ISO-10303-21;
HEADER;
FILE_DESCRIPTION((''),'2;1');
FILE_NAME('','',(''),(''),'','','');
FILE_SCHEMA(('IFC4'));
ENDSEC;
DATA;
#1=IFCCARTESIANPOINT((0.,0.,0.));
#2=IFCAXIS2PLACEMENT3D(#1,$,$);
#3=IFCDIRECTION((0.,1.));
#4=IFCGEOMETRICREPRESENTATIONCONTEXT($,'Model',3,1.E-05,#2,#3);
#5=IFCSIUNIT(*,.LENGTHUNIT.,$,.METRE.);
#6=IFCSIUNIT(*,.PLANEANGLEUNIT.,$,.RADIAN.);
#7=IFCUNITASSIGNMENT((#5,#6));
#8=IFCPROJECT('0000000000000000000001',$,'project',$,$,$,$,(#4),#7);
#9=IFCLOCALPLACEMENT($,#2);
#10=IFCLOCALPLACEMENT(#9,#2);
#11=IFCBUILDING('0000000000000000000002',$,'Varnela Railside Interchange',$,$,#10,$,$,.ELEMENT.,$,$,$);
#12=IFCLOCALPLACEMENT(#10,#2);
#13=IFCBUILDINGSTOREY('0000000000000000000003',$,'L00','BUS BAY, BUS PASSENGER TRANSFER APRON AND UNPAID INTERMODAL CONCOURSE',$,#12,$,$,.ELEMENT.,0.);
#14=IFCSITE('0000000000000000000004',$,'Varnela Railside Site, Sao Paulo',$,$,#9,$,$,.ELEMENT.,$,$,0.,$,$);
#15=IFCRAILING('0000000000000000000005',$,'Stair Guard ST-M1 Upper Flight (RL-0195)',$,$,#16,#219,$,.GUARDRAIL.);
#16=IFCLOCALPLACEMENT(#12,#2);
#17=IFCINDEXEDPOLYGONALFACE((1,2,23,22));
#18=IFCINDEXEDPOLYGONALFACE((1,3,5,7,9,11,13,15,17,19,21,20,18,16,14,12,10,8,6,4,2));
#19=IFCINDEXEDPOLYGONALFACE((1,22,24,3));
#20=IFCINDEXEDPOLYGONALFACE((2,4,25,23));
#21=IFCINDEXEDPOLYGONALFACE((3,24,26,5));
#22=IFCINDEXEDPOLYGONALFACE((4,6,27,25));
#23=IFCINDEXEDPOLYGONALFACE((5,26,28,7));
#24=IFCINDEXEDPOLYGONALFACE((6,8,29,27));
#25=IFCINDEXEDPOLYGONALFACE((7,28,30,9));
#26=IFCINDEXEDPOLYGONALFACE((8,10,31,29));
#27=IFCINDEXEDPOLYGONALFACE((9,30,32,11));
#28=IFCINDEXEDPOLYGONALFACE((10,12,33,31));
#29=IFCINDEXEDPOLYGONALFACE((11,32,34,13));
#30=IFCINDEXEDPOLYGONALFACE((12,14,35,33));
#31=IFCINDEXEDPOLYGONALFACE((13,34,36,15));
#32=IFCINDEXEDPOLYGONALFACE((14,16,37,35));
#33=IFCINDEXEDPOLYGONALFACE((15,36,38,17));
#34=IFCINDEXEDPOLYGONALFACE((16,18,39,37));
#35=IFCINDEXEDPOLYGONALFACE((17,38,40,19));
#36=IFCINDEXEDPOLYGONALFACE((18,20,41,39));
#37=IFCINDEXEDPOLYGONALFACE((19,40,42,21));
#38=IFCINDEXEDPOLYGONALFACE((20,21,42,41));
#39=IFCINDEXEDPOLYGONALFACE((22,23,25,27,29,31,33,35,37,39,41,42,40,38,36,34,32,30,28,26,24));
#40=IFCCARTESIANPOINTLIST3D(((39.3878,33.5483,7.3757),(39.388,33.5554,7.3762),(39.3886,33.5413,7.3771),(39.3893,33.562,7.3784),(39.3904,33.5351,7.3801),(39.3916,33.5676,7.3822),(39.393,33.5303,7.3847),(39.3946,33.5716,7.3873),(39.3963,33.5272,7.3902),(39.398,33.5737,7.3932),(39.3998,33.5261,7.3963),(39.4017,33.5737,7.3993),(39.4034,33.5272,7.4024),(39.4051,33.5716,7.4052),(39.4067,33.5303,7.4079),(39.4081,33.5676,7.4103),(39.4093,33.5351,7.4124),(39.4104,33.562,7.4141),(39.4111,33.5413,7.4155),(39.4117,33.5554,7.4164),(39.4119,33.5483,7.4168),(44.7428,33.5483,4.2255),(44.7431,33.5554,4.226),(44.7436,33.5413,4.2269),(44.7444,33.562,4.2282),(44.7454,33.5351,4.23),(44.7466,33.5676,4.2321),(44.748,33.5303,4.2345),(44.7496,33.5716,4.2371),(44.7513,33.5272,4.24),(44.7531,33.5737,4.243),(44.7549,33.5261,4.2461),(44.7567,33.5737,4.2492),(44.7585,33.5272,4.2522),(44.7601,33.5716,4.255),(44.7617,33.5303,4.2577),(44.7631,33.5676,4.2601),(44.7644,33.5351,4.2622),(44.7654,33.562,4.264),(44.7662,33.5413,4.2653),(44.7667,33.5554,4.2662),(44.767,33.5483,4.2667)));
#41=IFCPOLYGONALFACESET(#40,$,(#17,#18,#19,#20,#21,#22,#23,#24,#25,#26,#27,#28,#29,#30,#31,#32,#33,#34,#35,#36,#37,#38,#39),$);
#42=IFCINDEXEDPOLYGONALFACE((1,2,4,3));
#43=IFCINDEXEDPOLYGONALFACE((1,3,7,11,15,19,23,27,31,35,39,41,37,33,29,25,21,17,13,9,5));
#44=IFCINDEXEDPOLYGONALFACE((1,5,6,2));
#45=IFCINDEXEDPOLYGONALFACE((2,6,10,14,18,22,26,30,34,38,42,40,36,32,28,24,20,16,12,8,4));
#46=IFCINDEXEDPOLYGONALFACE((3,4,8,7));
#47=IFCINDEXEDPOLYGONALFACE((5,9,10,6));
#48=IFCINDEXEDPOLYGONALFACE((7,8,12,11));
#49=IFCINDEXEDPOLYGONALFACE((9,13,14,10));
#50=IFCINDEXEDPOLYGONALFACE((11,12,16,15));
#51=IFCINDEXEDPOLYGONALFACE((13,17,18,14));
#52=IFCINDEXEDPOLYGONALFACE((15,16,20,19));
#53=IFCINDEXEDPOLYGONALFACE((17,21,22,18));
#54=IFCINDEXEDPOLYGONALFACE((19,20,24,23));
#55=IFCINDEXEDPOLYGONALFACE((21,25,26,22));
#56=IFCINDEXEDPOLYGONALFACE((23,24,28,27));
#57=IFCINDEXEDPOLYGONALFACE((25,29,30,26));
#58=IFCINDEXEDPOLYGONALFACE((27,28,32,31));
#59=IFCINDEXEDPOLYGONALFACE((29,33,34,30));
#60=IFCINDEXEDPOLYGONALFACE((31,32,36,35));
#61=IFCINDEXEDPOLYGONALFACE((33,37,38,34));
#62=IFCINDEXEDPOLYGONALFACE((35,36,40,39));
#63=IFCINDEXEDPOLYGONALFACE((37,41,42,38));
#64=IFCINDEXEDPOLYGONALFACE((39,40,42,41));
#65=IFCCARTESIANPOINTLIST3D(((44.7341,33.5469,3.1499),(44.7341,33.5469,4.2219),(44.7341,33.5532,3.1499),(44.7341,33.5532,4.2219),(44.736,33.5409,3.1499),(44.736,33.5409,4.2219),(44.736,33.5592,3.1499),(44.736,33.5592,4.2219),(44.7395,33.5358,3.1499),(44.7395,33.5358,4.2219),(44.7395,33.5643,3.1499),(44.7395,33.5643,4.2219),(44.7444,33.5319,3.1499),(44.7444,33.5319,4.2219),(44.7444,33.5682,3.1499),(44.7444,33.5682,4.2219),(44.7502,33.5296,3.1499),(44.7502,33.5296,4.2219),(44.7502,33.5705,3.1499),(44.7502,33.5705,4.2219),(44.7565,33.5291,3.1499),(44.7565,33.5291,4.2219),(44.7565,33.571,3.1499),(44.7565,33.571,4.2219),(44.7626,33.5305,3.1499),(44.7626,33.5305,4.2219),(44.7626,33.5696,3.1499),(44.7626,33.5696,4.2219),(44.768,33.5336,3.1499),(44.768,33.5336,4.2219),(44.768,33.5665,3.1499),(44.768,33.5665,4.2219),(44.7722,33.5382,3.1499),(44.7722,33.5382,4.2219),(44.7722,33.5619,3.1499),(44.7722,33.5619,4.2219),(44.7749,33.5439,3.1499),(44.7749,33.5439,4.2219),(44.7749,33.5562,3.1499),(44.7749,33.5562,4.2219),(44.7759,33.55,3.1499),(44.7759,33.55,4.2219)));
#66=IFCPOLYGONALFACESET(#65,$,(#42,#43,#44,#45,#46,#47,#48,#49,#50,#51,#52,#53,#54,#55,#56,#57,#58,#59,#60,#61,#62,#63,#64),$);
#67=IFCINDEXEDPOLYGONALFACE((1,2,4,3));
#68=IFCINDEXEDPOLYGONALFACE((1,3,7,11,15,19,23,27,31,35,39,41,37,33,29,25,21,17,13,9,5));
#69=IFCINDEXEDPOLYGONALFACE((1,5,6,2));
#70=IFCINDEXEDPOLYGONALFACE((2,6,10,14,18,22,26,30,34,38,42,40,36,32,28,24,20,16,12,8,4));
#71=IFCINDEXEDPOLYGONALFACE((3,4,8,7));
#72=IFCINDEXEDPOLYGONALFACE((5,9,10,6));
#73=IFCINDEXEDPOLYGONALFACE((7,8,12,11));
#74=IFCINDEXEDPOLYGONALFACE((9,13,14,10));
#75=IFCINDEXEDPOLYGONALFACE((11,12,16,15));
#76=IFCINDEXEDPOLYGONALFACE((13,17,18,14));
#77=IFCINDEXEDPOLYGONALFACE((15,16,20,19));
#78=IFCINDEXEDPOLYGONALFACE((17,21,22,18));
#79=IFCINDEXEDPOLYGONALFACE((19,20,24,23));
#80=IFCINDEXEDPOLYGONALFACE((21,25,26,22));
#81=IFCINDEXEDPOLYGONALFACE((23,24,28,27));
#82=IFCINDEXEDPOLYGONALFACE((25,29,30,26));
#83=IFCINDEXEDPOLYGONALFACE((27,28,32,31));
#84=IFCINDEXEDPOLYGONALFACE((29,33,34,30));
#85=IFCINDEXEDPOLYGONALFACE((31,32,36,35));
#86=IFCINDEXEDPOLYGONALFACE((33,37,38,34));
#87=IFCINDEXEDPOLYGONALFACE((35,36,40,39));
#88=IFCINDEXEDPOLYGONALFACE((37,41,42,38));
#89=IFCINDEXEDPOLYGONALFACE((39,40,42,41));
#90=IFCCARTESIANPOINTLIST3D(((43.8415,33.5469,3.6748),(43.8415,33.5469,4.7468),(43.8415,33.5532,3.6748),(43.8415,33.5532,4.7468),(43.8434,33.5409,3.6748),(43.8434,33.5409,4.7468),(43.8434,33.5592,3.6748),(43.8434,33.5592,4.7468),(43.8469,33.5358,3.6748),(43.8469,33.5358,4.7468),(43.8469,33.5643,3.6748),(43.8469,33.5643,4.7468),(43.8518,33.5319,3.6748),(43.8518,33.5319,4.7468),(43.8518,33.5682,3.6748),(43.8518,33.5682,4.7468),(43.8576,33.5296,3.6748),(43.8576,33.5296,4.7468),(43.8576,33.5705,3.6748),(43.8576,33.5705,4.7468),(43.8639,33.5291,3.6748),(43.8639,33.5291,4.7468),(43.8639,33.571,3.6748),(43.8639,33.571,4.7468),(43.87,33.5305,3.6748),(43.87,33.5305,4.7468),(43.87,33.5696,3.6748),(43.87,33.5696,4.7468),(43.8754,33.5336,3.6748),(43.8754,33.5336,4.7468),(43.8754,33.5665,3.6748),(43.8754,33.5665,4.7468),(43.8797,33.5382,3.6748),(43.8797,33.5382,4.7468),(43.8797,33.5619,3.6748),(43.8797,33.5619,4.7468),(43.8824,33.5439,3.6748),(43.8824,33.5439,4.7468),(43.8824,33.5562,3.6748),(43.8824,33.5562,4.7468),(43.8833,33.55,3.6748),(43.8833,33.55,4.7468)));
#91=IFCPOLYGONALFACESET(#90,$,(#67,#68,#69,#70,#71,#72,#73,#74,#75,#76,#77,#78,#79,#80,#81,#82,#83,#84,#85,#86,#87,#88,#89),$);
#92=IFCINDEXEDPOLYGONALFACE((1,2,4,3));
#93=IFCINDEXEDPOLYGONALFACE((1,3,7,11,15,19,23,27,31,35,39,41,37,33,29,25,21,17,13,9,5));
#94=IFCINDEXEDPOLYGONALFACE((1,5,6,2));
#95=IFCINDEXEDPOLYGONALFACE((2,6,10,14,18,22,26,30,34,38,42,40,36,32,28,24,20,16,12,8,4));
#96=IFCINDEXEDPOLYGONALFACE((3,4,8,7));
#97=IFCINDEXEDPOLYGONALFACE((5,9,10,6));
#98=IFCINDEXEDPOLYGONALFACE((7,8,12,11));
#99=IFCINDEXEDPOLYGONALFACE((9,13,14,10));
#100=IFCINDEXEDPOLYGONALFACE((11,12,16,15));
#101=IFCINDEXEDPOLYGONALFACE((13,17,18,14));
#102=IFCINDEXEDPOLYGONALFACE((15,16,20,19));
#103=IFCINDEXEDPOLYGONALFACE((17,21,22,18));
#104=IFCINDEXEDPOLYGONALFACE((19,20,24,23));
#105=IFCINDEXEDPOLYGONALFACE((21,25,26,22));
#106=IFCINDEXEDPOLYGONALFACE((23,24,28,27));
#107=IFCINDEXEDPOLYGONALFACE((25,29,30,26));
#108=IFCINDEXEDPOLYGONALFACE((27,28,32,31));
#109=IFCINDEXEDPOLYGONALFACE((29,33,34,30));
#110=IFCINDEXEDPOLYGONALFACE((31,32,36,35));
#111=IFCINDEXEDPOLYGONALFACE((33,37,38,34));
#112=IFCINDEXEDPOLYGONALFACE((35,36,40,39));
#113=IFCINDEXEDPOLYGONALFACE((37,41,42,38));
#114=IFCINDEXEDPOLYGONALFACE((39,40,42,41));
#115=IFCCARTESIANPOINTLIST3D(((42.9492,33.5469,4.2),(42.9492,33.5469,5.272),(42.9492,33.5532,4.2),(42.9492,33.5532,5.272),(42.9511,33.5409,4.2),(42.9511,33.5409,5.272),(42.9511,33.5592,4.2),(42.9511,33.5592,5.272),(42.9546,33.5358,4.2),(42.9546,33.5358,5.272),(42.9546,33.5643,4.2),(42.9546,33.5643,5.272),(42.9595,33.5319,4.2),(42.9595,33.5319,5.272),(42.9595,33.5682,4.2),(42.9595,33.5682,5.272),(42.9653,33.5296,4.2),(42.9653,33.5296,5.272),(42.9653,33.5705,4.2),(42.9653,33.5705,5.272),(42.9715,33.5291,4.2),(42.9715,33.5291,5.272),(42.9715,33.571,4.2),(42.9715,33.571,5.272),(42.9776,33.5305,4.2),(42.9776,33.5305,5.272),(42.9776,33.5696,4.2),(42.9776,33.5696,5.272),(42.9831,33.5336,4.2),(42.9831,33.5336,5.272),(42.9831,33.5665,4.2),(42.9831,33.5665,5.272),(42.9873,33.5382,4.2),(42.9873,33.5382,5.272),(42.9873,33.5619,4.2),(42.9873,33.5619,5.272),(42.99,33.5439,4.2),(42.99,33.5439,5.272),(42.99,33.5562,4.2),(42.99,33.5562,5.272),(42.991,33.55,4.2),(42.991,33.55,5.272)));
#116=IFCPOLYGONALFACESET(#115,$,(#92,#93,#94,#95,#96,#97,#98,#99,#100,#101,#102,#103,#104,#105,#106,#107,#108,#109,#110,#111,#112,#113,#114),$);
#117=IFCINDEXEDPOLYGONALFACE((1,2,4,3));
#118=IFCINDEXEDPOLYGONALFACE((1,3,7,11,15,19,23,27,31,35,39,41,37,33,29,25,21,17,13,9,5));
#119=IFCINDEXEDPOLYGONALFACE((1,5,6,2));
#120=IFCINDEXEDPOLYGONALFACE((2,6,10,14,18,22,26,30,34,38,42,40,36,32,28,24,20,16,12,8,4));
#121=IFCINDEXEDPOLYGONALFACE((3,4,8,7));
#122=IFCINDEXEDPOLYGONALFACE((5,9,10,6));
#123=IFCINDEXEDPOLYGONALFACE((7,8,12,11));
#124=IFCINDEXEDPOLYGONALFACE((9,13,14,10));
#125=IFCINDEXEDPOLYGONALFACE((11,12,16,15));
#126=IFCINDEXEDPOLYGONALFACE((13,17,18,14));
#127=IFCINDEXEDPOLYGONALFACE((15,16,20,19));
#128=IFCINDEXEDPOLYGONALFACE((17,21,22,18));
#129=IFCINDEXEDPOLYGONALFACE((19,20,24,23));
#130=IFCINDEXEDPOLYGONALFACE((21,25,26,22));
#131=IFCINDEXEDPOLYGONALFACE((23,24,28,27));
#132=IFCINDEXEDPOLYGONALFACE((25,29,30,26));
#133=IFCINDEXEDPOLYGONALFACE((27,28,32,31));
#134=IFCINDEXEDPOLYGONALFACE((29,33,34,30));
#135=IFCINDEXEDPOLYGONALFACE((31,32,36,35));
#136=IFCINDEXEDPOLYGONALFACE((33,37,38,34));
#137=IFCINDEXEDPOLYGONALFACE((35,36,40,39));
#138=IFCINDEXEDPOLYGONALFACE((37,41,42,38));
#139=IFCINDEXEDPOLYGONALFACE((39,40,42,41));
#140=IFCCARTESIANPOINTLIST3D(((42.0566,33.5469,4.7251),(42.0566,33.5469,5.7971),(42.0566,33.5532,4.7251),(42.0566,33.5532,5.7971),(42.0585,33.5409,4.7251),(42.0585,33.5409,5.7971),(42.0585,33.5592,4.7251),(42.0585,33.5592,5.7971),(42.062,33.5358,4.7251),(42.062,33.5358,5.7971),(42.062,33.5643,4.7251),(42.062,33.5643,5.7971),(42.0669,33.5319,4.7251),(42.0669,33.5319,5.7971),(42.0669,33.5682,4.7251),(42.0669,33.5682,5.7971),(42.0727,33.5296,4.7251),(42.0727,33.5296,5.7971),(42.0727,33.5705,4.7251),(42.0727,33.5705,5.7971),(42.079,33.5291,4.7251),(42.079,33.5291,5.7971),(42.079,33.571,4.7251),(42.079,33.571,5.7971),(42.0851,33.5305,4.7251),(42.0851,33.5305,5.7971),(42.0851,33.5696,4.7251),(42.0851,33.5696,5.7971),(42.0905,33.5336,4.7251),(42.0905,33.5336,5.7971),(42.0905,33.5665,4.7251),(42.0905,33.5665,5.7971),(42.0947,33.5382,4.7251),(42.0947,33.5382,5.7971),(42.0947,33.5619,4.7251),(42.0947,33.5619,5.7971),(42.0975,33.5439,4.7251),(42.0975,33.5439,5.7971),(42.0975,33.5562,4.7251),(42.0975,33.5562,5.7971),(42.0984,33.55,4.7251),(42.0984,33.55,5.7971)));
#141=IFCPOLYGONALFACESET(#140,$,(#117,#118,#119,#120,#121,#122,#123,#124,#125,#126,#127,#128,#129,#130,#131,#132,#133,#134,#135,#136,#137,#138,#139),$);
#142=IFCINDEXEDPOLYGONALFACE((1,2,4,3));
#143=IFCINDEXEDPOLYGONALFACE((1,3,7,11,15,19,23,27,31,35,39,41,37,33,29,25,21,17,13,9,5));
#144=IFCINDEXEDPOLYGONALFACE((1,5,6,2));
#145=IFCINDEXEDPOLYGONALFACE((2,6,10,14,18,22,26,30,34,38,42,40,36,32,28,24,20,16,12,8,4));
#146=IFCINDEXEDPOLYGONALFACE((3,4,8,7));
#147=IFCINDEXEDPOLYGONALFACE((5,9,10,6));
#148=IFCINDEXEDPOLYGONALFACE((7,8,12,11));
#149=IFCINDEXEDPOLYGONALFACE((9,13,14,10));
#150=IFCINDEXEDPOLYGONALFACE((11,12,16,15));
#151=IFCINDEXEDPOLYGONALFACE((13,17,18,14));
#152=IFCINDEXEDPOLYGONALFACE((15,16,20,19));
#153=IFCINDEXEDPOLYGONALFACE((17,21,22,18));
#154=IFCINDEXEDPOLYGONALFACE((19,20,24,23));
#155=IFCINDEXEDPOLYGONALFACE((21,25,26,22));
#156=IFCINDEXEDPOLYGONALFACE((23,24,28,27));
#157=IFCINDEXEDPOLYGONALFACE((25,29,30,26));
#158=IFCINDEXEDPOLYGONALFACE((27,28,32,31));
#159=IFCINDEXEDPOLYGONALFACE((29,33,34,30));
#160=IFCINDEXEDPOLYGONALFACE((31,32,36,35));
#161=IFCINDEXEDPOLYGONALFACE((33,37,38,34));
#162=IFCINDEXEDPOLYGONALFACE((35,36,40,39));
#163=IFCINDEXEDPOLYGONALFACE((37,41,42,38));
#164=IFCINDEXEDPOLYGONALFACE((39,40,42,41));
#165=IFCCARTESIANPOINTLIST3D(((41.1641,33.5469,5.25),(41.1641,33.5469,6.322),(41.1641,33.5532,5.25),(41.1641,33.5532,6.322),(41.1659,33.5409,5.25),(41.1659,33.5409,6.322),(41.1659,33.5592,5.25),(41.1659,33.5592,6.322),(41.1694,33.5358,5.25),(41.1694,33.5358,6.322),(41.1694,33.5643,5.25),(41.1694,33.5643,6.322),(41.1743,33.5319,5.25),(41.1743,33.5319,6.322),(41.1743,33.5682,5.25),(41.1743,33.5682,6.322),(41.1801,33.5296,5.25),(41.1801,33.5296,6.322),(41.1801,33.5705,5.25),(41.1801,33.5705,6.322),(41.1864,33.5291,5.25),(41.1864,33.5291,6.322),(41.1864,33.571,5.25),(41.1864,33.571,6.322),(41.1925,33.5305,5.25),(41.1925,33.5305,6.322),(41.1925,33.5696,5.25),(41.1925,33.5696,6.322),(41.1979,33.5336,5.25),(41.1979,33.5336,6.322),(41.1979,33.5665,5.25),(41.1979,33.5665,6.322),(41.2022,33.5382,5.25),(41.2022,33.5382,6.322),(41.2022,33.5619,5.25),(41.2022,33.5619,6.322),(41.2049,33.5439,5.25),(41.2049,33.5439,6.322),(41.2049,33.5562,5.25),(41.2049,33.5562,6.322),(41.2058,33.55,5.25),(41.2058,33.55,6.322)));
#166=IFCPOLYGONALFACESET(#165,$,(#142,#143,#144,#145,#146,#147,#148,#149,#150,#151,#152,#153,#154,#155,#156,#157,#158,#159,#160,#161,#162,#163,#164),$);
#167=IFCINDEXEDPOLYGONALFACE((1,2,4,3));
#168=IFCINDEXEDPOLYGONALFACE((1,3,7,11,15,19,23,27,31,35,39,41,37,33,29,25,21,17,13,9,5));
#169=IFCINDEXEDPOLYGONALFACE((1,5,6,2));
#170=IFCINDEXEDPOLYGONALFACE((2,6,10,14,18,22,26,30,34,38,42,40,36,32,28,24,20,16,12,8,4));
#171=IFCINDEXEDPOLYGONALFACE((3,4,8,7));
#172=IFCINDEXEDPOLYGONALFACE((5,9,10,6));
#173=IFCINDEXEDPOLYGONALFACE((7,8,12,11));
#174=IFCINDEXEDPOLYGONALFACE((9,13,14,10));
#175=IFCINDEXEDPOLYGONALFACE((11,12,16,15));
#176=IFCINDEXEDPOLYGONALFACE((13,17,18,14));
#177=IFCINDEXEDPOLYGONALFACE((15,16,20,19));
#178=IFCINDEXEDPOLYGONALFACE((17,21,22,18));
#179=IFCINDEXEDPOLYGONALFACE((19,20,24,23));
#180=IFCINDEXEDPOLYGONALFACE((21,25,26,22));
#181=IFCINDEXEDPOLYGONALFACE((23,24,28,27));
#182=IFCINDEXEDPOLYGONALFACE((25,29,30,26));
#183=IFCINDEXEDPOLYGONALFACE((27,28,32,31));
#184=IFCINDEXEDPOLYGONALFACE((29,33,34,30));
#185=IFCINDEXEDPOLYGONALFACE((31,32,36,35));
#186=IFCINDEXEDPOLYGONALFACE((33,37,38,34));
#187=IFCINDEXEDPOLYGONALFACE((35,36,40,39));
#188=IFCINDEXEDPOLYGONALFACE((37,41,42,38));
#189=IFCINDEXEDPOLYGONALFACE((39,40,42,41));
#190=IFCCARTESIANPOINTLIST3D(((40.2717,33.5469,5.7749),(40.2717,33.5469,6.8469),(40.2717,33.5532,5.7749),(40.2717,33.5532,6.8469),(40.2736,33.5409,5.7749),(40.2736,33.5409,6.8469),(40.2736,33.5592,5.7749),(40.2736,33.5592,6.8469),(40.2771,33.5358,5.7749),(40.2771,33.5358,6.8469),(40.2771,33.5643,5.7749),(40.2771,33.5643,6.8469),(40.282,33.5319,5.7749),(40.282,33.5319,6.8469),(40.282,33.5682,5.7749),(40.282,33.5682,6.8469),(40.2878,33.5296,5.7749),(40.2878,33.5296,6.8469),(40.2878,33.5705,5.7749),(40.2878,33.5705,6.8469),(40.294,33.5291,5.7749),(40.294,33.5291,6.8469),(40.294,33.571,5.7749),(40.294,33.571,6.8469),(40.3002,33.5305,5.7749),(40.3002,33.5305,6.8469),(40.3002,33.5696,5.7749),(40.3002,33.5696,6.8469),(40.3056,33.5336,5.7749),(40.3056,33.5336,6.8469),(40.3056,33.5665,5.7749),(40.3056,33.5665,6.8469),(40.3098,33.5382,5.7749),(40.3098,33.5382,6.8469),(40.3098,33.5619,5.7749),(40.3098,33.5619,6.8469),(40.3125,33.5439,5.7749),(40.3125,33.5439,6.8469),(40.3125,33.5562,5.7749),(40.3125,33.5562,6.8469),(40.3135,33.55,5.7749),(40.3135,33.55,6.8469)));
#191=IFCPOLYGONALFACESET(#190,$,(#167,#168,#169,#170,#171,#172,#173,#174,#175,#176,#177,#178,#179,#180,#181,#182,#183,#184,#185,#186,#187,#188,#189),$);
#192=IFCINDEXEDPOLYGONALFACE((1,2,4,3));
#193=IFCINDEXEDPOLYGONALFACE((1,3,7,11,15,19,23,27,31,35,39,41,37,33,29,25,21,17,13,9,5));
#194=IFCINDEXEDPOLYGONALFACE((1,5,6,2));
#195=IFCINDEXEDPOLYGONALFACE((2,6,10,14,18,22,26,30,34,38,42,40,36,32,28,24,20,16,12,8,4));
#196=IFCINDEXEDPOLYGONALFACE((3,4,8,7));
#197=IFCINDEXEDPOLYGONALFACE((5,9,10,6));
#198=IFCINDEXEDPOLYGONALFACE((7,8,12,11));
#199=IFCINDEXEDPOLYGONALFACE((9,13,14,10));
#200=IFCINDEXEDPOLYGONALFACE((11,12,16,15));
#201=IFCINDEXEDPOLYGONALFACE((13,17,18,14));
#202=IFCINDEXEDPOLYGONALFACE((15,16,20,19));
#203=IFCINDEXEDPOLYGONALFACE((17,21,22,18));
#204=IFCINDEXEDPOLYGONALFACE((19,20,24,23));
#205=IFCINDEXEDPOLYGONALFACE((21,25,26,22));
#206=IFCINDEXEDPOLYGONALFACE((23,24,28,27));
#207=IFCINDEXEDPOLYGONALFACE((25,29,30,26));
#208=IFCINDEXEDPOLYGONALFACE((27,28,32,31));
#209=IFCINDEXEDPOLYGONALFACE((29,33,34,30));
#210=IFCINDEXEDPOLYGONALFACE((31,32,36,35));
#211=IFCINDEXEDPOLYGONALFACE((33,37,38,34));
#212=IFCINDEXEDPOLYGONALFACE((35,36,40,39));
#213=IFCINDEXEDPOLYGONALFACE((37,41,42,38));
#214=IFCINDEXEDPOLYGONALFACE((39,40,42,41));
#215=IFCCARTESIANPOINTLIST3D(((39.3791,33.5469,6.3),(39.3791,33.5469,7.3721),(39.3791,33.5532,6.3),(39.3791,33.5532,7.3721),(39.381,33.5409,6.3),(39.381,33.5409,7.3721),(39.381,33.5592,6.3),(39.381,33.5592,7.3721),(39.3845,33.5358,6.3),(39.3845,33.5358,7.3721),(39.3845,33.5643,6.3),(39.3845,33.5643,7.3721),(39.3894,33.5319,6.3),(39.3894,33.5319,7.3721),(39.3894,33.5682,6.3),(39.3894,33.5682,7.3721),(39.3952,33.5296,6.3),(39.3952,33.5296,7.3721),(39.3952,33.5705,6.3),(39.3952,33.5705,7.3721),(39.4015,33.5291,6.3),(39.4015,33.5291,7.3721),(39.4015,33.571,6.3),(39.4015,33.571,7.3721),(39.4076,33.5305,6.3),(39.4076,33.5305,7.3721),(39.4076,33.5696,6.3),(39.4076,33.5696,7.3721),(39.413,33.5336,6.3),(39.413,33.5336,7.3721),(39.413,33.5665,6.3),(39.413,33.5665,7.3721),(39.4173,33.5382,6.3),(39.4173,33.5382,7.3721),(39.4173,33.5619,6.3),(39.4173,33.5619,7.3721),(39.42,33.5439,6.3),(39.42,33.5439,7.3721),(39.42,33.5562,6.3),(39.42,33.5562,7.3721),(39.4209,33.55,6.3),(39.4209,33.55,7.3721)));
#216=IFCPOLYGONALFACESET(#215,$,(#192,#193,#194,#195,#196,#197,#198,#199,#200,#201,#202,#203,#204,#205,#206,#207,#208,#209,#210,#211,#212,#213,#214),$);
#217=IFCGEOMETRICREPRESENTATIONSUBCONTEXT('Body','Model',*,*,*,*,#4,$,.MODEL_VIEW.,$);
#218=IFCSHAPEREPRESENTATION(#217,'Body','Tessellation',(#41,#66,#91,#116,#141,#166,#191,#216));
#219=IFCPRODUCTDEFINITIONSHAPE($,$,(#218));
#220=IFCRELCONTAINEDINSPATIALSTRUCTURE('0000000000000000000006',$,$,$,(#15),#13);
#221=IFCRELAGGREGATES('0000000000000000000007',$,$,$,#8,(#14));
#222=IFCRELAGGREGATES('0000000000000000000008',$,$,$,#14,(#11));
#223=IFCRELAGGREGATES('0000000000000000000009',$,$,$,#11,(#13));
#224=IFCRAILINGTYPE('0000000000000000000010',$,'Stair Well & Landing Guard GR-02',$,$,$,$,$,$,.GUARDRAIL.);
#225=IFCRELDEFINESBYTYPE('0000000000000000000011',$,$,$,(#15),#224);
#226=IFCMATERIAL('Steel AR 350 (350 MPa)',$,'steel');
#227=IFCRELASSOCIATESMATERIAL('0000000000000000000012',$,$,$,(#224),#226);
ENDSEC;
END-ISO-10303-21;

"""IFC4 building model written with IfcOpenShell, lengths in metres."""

from ifc_helpers import new_model, si_unit, direction, frame, origin, origin_2d, place, context, subcontext, project, spatial, circle, extrude, material, type_object, element, save


model = new_model("IFC4")

# Units and contexts
model_context = context("Model", 3, precision=1e-05, world=origin(), true_north=direction((0.0, 1.0)))
body_context = subcontext(model_context, "Body", "Model", "MODEL_VIEW")
ifc_project = project(units=[si_unit("LENGTHUNIT", "METRE"), si_unit("PLANEANGLEUNIT", "RADIAN")], contexts=[model_context])

# Site, building, storey
site_placement = place(None, origin())
site = spatial("IfcSite", under=ifc_project, at=site_placement, Name="Varnela Railside Site, Sao Paulo", CompositionType="ELEMENT", RefElevation=0.0)
building_placement = place(site_placement, origin())
building = spatial("IfcBuilding", under=site, at=building_placement, Name="Varnela Railside Interchange", CompositionType="ELEMENT")
storey_placement = place(building_placement, origin())
storey = spatial("IfcBuildingStorey", under=building, at=storey_placement, Name="L00", Description="BUS BAY, BUS PASSENGER TRANSFER APRON AND UNPAID INTERMODAL CONCOURSE", CompositionType="ELEMENT", Elevation=0.0)

# Shared definitions
ifc_material_1 = material(Name="Steel AR 350 (350 MPa)", Category="steel")

# Railing
railing_type_1 = type_object("IfcRailingType", Name="Stair Well & Landing Guard GR-02", PredefinedType="GUARDRAIL", material=ifc_material_1)
railing_1_placement = place(storey_placement, frame((44.7549, 33.55, 3.1499)))
element("IfcRailing", 1, at=railing_1_placement, inside=storey, type_object=railing_type_1, Name="Stair Guard ST-M1 Upper Flight (RL-0195)", PredefinedType="GUARDRAIL", context=body_context, shape_type="SweptSolid", body=[
    extrude(circle(Radius=0.0239, at=origin_2d()), frame((0.0, 0.0, 1.0962), z_axis=(-0.861923, 0.0, 0.507039), x_axis=(0.0, -1.0, 0.0)), (0.0, 0.0, 1.0), 6.2129),
    extrude(circle(Radius=0.021, at=origin_2d()), origin(), (0.0, 0.0, 1.0), 1.072),
    extrude(circle(Radius=0.021, at=origin_2d()), frame((-0.8926, 0.0, 0.5249)), (0.0, 0.0, 1.0), 1.072),
    extrude(circle(Radius=0.021, at=origin_2d()), frame((-1.7849, 0.0, 1.05)), (0.0, 0.0, 1.0), 1.072),
    extrude(circle(Radius=0.021, at=origin_2d()), frame((-2.6775, 0.0, 1.5752)), (0.0, 0.0, 1.0), 1.072),
    extrude(circle(Radius=0.021, at=origin_2d()), frame((-3.5701, 0.0, 2.1001)), (0.0, 0.0, 1.0), 1.072),
    extrude(circle(Radius=0.021, at=origin_2d()), frame((-4.4624, 0.0, 2.625)), (0.0, 0.0, 1.0), 1.072),
    extrude(circle(Radius=0.021, at=origin_2d()), frame((-5.355, 0.0, 3.1501)), (0.0, 0.0, 1.0), 1.072),
])

save(model, "model.ifc")
